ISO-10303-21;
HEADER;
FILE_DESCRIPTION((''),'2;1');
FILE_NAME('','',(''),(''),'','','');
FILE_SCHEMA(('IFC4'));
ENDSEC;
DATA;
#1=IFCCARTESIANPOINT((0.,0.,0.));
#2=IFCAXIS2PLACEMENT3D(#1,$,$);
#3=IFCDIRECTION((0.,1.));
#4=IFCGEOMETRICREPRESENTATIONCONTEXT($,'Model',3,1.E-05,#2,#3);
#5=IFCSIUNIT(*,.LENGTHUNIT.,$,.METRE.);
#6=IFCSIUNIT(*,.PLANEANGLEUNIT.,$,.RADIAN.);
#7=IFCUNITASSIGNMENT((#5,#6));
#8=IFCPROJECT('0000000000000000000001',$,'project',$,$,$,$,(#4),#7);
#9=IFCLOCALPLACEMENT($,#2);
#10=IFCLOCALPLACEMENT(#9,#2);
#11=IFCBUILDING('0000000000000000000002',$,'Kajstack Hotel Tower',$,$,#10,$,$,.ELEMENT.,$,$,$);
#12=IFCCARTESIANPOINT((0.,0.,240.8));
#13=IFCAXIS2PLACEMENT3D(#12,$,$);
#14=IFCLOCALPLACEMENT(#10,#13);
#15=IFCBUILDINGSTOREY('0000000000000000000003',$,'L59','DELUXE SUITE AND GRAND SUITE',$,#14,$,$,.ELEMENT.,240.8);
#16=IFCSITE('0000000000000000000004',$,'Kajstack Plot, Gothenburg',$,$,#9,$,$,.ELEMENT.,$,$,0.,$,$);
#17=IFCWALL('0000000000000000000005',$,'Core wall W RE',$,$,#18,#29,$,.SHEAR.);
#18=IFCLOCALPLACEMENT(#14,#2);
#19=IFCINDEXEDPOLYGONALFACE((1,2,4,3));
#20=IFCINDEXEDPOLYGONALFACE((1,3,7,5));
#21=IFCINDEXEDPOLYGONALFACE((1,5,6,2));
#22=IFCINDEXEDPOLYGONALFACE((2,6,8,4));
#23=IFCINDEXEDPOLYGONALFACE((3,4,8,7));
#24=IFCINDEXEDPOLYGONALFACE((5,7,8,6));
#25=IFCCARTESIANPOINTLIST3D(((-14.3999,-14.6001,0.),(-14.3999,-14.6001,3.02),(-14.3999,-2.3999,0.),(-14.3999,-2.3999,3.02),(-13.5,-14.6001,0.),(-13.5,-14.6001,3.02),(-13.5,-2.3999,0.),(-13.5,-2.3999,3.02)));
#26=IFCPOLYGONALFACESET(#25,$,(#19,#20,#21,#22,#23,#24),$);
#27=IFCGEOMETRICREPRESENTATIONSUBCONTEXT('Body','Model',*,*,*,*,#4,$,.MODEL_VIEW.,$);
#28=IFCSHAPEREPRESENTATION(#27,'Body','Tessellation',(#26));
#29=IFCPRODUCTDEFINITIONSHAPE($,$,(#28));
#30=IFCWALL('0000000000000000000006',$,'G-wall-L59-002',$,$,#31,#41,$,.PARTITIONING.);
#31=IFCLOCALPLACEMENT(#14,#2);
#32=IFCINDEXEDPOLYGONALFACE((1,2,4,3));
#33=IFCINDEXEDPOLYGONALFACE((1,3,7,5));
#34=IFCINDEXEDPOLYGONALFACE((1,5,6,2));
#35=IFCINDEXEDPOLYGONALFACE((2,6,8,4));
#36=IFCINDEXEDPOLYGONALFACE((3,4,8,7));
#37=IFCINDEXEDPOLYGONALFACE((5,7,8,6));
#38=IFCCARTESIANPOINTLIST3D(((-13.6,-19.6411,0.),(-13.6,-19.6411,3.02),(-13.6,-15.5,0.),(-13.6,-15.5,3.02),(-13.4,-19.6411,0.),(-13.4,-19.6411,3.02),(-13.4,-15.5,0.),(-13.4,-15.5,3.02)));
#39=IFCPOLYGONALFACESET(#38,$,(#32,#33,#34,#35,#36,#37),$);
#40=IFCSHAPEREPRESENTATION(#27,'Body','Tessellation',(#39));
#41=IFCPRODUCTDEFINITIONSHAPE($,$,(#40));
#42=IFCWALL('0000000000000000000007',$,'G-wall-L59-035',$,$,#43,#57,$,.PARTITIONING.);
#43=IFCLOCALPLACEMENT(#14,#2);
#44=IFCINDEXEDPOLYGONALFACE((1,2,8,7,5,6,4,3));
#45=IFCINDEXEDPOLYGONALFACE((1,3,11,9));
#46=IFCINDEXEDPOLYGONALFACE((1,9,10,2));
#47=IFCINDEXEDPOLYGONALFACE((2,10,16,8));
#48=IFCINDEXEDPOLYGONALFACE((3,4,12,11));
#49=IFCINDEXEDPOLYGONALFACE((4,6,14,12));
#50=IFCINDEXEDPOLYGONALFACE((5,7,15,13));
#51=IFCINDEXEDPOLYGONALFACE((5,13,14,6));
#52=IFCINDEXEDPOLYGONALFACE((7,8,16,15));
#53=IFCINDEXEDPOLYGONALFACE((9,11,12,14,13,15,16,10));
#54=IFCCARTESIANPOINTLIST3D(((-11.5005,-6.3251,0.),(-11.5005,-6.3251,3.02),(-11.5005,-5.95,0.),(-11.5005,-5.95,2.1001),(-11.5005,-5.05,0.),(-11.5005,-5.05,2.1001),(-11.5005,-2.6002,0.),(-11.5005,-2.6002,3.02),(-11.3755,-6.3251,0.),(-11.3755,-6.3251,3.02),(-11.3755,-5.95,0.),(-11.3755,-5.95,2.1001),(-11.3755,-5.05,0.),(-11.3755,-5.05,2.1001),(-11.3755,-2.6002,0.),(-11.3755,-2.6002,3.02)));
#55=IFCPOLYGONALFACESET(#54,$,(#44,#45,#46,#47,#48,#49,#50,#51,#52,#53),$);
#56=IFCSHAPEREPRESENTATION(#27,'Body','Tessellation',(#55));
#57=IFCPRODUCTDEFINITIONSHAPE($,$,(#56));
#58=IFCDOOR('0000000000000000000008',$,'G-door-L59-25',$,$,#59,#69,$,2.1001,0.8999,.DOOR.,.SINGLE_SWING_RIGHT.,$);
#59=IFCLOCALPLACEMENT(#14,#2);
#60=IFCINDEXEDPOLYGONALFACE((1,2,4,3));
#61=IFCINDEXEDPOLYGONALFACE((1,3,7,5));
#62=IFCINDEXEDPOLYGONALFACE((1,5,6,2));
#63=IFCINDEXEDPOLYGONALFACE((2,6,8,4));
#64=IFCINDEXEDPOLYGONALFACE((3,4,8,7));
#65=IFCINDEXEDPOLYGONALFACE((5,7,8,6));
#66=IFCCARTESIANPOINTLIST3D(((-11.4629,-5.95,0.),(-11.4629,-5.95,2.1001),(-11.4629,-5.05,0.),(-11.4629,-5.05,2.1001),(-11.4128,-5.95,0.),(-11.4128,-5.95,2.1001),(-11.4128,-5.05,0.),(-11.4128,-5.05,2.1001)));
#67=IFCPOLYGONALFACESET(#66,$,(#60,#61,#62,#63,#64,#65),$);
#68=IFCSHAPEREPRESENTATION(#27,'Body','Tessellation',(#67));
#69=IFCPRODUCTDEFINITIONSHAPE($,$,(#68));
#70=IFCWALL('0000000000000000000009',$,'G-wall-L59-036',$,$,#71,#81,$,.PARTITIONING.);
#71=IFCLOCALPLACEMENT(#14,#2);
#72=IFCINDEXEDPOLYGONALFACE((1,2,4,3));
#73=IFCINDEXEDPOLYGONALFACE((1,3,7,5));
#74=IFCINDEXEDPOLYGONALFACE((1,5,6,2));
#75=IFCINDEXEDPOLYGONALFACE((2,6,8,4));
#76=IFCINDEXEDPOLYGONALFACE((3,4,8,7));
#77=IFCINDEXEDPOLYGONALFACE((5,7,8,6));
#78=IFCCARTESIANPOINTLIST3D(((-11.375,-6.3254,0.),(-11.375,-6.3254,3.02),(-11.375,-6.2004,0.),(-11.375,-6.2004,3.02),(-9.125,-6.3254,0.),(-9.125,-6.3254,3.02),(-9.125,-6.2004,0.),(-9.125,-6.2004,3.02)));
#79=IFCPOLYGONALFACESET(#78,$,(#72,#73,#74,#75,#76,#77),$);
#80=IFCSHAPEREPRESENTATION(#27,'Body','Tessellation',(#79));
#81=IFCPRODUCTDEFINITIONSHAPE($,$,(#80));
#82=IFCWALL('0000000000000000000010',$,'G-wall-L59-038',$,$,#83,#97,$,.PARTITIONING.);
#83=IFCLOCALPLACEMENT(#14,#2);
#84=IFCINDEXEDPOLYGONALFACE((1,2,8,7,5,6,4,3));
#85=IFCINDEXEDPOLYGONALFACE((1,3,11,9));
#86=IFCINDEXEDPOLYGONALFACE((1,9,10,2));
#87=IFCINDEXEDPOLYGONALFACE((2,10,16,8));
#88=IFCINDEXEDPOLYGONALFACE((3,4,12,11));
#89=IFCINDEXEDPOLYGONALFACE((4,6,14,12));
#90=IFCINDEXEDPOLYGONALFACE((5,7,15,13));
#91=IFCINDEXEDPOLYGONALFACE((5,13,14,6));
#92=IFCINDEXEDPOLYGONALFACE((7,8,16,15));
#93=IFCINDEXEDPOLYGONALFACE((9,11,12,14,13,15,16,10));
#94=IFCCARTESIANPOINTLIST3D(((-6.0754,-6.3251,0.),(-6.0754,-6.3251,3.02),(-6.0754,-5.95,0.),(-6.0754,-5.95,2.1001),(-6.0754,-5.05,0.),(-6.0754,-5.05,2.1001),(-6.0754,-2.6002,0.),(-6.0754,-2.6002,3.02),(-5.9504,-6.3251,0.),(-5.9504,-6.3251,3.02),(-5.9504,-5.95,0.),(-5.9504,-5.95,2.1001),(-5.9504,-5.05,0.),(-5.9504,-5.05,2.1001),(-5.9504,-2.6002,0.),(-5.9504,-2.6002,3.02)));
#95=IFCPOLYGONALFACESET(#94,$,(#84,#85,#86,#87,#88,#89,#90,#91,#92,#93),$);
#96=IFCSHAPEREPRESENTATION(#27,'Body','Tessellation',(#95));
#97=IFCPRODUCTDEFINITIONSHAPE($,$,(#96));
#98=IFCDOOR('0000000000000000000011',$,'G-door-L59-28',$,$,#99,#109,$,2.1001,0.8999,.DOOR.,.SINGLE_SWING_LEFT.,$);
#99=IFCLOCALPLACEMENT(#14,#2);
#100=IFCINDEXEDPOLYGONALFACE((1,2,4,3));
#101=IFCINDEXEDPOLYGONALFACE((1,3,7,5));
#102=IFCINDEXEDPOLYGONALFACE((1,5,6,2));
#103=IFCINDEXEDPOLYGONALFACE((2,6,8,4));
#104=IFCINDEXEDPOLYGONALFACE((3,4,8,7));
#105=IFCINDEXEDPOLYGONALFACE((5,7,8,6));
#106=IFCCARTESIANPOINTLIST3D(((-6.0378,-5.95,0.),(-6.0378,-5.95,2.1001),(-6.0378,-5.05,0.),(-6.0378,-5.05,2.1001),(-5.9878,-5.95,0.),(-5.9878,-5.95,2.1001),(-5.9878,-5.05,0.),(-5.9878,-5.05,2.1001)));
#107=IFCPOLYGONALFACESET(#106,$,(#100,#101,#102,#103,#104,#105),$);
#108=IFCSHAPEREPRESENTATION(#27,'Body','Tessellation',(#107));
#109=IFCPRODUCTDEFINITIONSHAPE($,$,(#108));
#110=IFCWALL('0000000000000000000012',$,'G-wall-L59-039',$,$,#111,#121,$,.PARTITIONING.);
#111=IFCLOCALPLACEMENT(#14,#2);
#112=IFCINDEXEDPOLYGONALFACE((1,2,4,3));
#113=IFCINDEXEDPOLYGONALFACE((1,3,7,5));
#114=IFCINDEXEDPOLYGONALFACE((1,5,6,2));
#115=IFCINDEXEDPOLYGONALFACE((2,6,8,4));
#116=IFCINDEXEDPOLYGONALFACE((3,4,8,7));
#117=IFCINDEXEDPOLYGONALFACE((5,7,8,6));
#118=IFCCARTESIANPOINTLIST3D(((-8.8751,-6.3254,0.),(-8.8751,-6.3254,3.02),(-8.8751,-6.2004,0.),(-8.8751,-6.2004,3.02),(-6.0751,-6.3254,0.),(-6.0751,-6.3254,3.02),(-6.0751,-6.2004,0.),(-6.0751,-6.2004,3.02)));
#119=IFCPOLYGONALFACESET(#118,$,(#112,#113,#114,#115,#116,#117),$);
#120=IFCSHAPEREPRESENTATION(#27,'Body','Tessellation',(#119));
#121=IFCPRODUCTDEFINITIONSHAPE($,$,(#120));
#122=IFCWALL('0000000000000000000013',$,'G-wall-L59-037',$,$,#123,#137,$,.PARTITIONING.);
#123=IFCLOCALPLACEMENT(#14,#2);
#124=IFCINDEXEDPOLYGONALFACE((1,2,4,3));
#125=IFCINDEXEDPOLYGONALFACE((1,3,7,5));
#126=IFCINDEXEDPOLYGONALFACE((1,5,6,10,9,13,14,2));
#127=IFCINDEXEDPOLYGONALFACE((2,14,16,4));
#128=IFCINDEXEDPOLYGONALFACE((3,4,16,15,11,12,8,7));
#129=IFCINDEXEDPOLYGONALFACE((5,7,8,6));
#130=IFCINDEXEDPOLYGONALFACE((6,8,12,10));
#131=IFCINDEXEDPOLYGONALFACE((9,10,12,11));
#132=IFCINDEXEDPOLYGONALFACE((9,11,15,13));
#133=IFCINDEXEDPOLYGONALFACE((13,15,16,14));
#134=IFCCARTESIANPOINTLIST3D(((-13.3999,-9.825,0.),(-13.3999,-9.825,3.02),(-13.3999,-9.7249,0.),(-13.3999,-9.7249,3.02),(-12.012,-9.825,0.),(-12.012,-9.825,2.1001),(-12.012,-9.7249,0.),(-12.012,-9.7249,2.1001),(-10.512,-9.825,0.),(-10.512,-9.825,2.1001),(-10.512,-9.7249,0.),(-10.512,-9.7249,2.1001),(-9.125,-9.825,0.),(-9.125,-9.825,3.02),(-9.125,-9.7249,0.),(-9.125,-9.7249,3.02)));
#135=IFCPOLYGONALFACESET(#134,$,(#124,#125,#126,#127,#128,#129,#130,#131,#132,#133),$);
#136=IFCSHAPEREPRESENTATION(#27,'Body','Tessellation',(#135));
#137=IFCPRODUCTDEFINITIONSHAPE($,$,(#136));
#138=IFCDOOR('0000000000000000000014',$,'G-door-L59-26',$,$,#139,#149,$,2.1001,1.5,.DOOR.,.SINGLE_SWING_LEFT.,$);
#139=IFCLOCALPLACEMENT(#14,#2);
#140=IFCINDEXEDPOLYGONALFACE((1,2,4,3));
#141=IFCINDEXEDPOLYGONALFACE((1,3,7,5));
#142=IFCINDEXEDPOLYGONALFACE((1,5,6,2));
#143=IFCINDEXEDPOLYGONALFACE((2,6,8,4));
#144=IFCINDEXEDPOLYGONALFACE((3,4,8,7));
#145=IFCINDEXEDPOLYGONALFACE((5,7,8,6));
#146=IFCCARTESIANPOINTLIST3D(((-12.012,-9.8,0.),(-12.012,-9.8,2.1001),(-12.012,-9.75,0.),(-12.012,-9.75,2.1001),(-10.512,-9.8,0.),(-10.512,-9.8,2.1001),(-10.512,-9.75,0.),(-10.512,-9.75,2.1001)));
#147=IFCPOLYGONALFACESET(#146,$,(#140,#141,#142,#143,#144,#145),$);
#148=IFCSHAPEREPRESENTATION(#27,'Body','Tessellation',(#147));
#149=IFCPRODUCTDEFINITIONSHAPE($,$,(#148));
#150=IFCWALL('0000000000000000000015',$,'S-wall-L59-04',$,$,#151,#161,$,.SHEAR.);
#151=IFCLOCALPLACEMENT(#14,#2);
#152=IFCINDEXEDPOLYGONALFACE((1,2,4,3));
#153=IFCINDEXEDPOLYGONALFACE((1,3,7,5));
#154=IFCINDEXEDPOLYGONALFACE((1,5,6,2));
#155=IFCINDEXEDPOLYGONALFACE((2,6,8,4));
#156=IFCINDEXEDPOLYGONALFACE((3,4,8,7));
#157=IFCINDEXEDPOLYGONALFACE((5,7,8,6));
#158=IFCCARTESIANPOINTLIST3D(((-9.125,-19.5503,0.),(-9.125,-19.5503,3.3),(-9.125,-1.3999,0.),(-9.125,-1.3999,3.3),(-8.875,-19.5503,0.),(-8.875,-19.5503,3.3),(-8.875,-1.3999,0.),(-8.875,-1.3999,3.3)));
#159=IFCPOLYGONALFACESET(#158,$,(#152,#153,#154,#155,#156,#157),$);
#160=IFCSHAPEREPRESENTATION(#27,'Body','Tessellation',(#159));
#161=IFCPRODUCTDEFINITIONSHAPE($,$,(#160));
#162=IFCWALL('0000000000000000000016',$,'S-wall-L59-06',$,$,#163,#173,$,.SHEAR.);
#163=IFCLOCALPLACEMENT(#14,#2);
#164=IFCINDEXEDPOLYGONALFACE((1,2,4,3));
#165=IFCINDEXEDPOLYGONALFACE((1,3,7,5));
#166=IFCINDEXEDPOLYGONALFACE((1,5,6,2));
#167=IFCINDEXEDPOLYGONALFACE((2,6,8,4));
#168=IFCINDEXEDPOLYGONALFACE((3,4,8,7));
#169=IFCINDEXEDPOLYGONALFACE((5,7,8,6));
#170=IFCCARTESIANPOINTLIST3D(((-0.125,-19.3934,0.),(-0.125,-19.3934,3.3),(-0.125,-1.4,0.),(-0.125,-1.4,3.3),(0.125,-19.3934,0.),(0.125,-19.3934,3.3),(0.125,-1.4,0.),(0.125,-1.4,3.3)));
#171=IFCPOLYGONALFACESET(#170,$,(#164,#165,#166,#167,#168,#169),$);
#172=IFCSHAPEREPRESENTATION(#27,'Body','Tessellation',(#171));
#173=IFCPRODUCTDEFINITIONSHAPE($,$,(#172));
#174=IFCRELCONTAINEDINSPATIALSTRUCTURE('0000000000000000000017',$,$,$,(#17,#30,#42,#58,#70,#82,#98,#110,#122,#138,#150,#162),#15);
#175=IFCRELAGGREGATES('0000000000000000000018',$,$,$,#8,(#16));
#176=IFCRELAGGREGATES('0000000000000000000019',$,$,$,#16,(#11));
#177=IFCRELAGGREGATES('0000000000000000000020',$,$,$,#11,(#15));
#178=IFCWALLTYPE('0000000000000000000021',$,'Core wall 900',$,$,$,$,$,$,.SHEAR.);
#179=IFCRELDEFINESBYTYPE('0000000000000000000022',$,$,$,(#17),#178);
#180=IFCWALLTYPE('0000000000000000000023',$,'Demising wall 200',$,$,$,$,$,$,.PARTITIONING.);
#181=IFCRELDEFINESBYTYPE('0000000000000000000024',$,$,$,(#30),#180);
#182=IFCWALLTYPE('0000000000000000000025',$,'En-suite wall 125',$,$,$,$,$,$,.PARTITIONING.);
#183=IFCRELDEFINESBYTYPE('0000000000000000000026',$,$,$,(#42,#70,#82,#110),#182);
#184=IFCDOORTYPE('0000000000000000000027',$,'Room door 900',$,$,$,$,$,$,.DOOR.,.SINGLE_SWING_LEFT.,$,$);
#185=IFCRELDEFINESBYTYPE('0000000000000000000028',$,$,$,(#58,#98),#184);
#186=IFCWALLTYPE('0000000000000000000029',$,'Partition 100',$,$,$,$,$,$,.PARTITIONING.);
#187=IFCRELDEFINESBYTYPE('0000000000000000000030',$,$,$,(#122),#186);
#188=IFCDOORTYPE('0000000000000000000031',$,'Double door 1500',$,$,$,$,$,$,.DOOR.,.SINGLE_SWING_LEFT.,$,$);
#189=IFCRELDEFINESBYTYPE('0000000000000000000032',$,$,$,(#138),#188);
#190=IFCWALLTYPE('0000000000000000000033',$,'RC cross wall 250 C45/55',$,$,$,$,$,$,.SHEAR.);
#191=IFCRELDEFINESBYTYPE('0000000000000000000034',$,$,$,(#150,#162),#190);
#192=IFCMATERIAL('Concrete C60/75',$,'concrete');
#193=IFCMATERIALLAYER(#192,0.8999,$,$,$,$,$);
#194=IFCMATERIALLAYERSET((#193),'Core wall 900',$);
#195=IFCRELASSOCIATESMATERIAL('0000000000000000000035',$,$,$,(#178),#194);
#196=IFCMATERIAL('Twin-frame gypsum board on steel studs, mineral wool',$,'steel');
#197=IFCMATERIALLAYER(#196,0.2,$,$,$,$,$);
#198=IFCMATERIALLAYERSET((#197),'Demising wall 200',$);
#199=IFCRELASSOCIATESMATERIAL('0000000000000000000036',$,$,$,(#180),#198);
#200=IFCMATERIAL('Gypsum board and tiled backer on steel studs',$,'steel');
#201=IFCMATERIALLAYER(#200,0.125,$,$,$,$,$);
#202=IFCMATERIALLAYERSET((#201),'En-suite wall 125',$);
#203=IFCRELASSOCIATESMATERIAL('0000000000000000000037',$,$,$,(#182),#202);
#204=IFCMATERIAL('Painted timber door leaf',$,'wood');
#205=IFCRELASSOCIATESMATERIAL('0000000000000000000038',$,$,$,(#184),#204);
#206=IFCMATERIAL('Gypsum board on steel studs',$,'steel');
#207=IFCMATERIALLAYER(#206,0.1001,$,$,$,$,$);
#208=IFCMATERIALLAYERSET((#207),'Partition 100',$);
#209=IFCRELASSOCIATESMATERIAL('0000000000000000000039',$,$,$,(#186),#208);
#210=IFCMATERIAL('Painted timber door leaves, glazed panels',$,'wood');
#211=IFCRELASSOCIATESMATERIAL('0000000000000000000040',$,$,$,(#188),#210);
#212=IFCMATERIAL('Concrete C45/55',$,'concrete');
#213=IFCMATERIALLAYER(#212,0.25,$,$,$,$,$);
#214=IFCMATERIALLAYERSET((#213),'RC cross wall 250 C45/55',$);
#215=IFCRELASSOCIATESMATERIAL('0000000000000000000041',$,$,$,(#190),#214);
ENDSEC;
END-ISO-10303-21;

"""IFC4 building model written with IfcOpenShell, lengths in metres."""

from ifc_helpers import new_model, si_unit, direction, frame, frame_2d, origin, place, context, subcontext, project, spatial, rectangle, extrude, material, layer, layer_set, type_object, element, fill, save


model = new_model("IFC4")

# Units and contexts
model_context = context("Model", 3, precision=1e-05, world=origin(), true_north=direction((0.0, 1.0)))
body_context = subcontext(model_context, "Body", "Model", "MODEL_VIEW")
ifc_project = project(units=[si_unit("LENGTHUNIT", "METRE"), si_unit("PLANEANGLEUNIT", "RADIAN")], contexts=[model_context])

# Site, building, storey
site_placement = place(None, origin())
site = spatial("IfcSite", under=ifc_project, at=site_placement, Name="Kajstack Plot, Gothenburg", CompositionType="ELEMENT", RefElevation=0.0)
building_placement = place(site_placement, origin())
building = spatial("IfcBuilding", under=site, at=building_placement, Name="Kajstack Hotel Tower", CompositionType="ELEMENT")
storey_placement = place(building_placement, frame((0.0, 0.0, 240.8)))
storey = spatial("IfcBuildingStorey", under=building, at=storey_placement, Name="L59", Description="DELUXE SUITE AND GRAND SUITE", CompositionType="ELEMENT", Elevation=240.8)

# Walls
ifc_material_1 = material(Name="Concrete C60/75", Category="concrete")
ifc_layer_1 = layer(ifc_material_1, 0.8999)
ifc_layer_set_1 = layer_set([ifc_layer_1], Name="Core wall 900")
wall_type_1 = type_object("IfcWallType", Name="Core wall 900", PredefinedType="SHEAR", material=ifc_layer_set_1)
wall_1_placement = place(storey_placement, frame((-13.95, -14.6001, 0.0), z_axis=(0.0, 0.0, 1.0), x_axis=(0.0, 1.0, 0.0)))
element("IfcWall", 1, at=wall_1_placement, inside=storey, type_object=wall_type_1, Name="Core wall W RE", PredefinedType="SHEAR", context=body_context, shape_type="SweptSolid", body=[
    extrude(rectangle(XDim=12.2002, YDim=0.8999, at=frame_2d((6.1001, 0.0))), origin(), (0.0, 0.0, 1.0), 3.02),
])
ifc_material_2 = material(Name="Twin-frame gypsum board on steel studs, mineral wool", Category="steel")
ifc_layer_2 = layer(ifc_material_2, 0.2)
ifc_layer_set_2 = layer_set([ifc_layer_2], Name="Demising wall 200")
wall_type_2 = type_object("IfcWallType", Name="Demising wall 200", PredefinedType="PARTITIONING", material=ifc_layer_set_2)
wall_2_placement = place(storey_placement, frame((-13.5, -19.6411, 0.0), z_axis=(0.0, 0.0, 1.0), x_axis=(0.0, 1.0, 0.0)))
element("IfcWall", 2, at=wall_2_placement, inside=storey, type_object=wall_type_2, Name="G-wall-L59-002", PredefinedType="PARTITIONING", context=body_context, shape_type="SweptSolid", body=[
    extrude(rectangle(XDim=4.1411, YDim=0.2, at=frame_2d((2.0706, 0.0))), origin(), (0.0, 0.0, 1.0), 3.02),
])

# Wall, opening, door
ifc_material_3 = material(Name="Gypsum board and tiled backer on steel studs", Category="steel")
ifc_layer_3 = layer(ifc_material_3, 0.125)
ifc_layer_set_3 = layer_set([ifc_layer_3], Name="En-suite wall 125")
wall_type_3 = type_object("IfcWallType", Name="En-suite wall 125", PredefinedType="PARTITIONING", material=ifc_layer_set_3)
wall_3_placement = place(storey_placement, frame((-11.438, -6.325, 0.0), z_axis=(0.0, 0.0, 1.0), x_axis=(0.0, 1.0, 0.0)))
wall_3 = element("IfcWall", 3, at=wall_3_placement, inside=storey, type_object=wall_type_3, Name="G-wall-L59-035", PredefinedType="PARTITIONING", context=body_context, shape_type="SweptSolid", body=[
    extrude(rectangle(XDim=3.7249, YDim=0.125, at=frame_2d((1.8623, 0.0))), origin(), (0.0, 0.0, 1.0), 3.02),
])
opening_1_placement = place(wall_3_placement, frame((0.375, 0.0, 0.0)))
opening_1 = element("IfcOpeningElement", 4, at=opening_1_placement, cuts=wall_3, PredefinedType="OPENING", context=body_context, shape_type="SweptSolid", body=[
    extrude(rectangle(XDim=0.8999, YDim=2.1001, at=frame_2d((0.45, 1.05))), frame((0.0, 0.0725, 0.0), z_axis=(0.0, -1.0, 0.0), x_axis=(1.0, 0.0, 0.0)), (0.0, 0.0, 1.0), 0.145),
])
ifc_material_4 = material(Name="Painted timber door leaf", Category="wood")
door_type_1 = type_object("IfcDoorType", Name="Room door 900", OperationType="SINGLE_SWING_LEFT", PredefinedType="DOOR", material=ifc_material_4)
door_1_placement = place(opening_1_placement, origin())
door_1 = element("IfcDoor", 5, at=door_1_placement, inside=storey, type_object=door_type_1, Name="G-door-L59-25", OperationType="SINGLE_SWING_RIGHT", OverallHeight=2.1001, OverallWidth=0.8999, PredefinedType="DOOR", context=body_context, shape_type="SweptSolid", body=[
    extrude(rectangle(XDim=0.8999, YDim=2.1001, at=frame_2d((0.45, 1.05))), frame((0.0, 0.0249, 0.0), z_axis=(0.0, -1.0, 0.0), x_axis=(1.0, 0.0, 0.0)), (0.0, 0.0, 1.0), 0.05),
])
fill(opening_1, door_1)

# Wall
wall_4_placement = place(storey_placement, frame((-11.375, -6.2629, 0.0), z_axis=(0.0, 0.0, 1.0), x_axis=(1.0, 0.0, 0.0)))
element("IfcWall", 6, at=wall_4_placement, inside=storey, type_object=wall_type_3, Name="G-wall-L59-036", PredefinedType="PARTITIONING", context=body_context, shape_type="SweptSolid", body=[
    extrude(rectangle(XDim=2.25, YDim=0.125, at=frame_2d((1.125, 0.0))), origin(), (0.0, 0.0, 1.0), 3.02),
])

# Wall, opening, door
wall_5_placement = place(storey_placement, frame((-6.0129, -6.325, 0.0), z_axis=(0.0, 0.0, 1.0), x_axis=(0.0, 1.0, 0.0)))
wall_5 = element("IfcWall", 7, at=wall_5_placement, inside=storey, type_object=wall_type_3, Name="G-wall-L59-038", PredefinedType="PARTITIONING", context=body_context, shape_type="SweptSolid", body=[
    extrude(rectangle(XDim=3.7249, YDim=0.125, at=frame_2d((1.8623, 0.0))), origin(), (0.0, 0.0, 1.0), 3.02),
])
opening_2_placement = place(wall_5_placement, frame((0.375, 0.0, 0.0)))
opening_2 = element("IfcOpeningElement", 8, at=opening_2_placement, cuts=wall_5, PredefinedType="OPENING", context=body_context, shape_type="SweptSolid", body=[
    extrude(rectangle(XDim=0.8999, YDim=2.1001, at=frame_2d((0.45, 1.05))), frame((0.0, 0.0725, 0.0), z_axis=(0.0, -1.0, 0.0), x_axis=(1.0, 0.0, 0.0)), (0.0, 0.0, 1.0), 0.145),
])
door_2_placement = place(opening_2_placement, origin())
door_2 = element("IfcDoor", 9, at=door_2_placement, inside=storey, type_object=door_type_1, Name="G-door-L59-28", OperationType="SINGLE_SWING_LEFT", OverallHeight=2.1001, OverallWidth=0.8999, PredefinedType="DOOR", context=body_context, shape_type="SweptSolid", body=[
    extrude(rectangle(XDim=0.8999, YDim=2.1001, at=frame_2d((0.45, 1.05))), frame((0.0, 0.0249, 0.0), z_axis=(0.0, -1.0, 0.0), x_axis=(1.0, 0.0, 0.0)), (0.0, 0.0, 1.0), 0.05),
])
fill(opening_2, door_2)

# Wall
wall_6_placement = place(storey_placement, frame((-8.875, -6.2629, 0.0), z_axis=(0.0, 0.0, 1.0), x_axis=(1.0, 0.0, 0.0)))
element("IfcWall", 10, at=wall_6_placement, inside=storey, type_object=wall_type_3, Name="G-wall-L59-039", PredefinedType="PARTITIONING", context=body_context, shape_type="SweptSolid", body=[
    extrude(rectangle(XDim=2.8, YDim=0.125, at=frame_2d((1.3999, 0.0))), origin(), (0.0, 0.0, 1.0), 3.02),
])

# Wall, opening, door
ifc_material_5 = material(Name="Gypsum board on steel studs", Category="steel")
ifc_layer_4 = layer(ifc_material_5, 0.1001)
ifc_layer_set_4 = layer_set([ifc_layer_4], Name="Partition 100")
wall_type_4 = type_object("IfcWallType", Name="Partition 100", PredefinedType="PARTITIONING", material=ifc_layer_set_4)
wall_7_placement = place(storey_placement, frame((-13.3999, -9.7749, 0.0), z_axis=(0.0, 0.0, 1.0), x_axis=(1.0, 0.0, 0.0)))
wall_7 = element("IfcWall", 11, at=wall_7_placement, inside=storey, type_object=wall_type_4, Name="G-wall-L59-037", PredefinedType="PARTITIONING", context=body_context, shape_type="SweptSolid", body=[
    extrude(rectangle(XDim=4.2749, YDim=0.1001, at=frame_2d((2.1375, 0.0))), origin(), (0.0, 0.0, 1.0), 3.02),
])
opening_3_placement = place(wall_7_placement, frame((1.3879, 0.0, 0.0)))
opening_3 = element("IfcOpeningElement", 12, at=opening_3_placement, cuts=wall_7, PredefinedType="OPENING", context=body_context, shape_type="SweptSolid", body=[
    extrude(rectangle(XDim=1.5, YDim=2.1001, at=frame_2d((0.75, 1.05))), frame((0.0, 0.0601, 0.0), z_axis=(0.0, -1.0, 0.0), x_axis=(1.0, 0.0, 0.0)), (0.0, 0.0, 1.0), 0.1201),
])
ifc_material_6 = material(Name="Painted timber door leaves, glazed panels", Category="wood")
door_type_2 = type_object("IfcDoorType", Name="Double door 1500", OperationType="SINGLE_SWING_LEFT", PredefinedType="DOOR", material=ifc_material_6)
door_3_placement = place(opening_3_placement, origin())
door_3 = element("IfcDoor", 13, at=door_3_placement, inside=storey, type_object=door_type_2, Name="G-door-L59-26", OperationType="SINGLE_SWING_LEFT", OverallHeight=2.1001, OverallWidth=1.5, PredefinedType="DOOR", context=body_context, shape_type="SweptSolid", body=[
    extrude(rectangle(XDim=1.5, YDim=2.1001, at=frame_2d((0.75, 1.05))), frame((0.0, 0.0249, 0.0), z_axis=(0.0, -1.0, 0.0), x_axis=(1.0, 0.0, 0.0)), (0.0, 0.0, 1.0), 0.05),
])
fill(opening_3, door_3)

# Walls
ifc_material_7 = material(Name="Concrete C45/55", Category="concrete")
ifc_layer_5 = layer(ifc_material_7, 0.25)
ifc_layer_set_5 = layer_set([ifc_layer_5], Name="RC cross wall 250 C45/55")
wall_type_5 = type_object("IfcWallType", Name="RC cross wall 250 C45/55", PredefinedType="SHEAR", material=ifc_layer_set_5)
wall_8_placement = place(storey_placement, frame((-9.0, -19.5503, 0.0), z_axis=(0.0, 0.0, 1.0), x_axis=(0.0, 1.0, 0.0)))
element("IfcWall", 14, at=wall_8_placement, inside=storey, type_object=wall_type_5, Name="S-wall-L59-04", PredefinedType="SHEAR", context=body_context, shape_type="SweptSolid", body=[
    extrude(rectangle(XDim=18.1504, YDim=0.25, at=frame_2d((9.0752, 0.0))), origin(), (0.0, 0.0, 1.0), 3.3),
])
wall_9_placement = place(storey_placement, frame((0.0, -19.3933, 0.0), z_axis=(0.0, 0.0, 1.0), x_axis=(0.0, 1.0, 0.0)))
element("IfcWall", 15, at=wall_9_placement, inside=storey, type_object=wall_type_5, Name="S-wall-L59-06", PredefinedType="SHEAR", context=body_context, shape_type="SweptSolid", body=[
    extrude(rectangle(XDim=17.9934, YDim=0.25, at=frame_2d((8.9966, 0.0))), origin(), (0.0, 0.0, 1.0), 3.3),
])

save(model, "model.ifc")
